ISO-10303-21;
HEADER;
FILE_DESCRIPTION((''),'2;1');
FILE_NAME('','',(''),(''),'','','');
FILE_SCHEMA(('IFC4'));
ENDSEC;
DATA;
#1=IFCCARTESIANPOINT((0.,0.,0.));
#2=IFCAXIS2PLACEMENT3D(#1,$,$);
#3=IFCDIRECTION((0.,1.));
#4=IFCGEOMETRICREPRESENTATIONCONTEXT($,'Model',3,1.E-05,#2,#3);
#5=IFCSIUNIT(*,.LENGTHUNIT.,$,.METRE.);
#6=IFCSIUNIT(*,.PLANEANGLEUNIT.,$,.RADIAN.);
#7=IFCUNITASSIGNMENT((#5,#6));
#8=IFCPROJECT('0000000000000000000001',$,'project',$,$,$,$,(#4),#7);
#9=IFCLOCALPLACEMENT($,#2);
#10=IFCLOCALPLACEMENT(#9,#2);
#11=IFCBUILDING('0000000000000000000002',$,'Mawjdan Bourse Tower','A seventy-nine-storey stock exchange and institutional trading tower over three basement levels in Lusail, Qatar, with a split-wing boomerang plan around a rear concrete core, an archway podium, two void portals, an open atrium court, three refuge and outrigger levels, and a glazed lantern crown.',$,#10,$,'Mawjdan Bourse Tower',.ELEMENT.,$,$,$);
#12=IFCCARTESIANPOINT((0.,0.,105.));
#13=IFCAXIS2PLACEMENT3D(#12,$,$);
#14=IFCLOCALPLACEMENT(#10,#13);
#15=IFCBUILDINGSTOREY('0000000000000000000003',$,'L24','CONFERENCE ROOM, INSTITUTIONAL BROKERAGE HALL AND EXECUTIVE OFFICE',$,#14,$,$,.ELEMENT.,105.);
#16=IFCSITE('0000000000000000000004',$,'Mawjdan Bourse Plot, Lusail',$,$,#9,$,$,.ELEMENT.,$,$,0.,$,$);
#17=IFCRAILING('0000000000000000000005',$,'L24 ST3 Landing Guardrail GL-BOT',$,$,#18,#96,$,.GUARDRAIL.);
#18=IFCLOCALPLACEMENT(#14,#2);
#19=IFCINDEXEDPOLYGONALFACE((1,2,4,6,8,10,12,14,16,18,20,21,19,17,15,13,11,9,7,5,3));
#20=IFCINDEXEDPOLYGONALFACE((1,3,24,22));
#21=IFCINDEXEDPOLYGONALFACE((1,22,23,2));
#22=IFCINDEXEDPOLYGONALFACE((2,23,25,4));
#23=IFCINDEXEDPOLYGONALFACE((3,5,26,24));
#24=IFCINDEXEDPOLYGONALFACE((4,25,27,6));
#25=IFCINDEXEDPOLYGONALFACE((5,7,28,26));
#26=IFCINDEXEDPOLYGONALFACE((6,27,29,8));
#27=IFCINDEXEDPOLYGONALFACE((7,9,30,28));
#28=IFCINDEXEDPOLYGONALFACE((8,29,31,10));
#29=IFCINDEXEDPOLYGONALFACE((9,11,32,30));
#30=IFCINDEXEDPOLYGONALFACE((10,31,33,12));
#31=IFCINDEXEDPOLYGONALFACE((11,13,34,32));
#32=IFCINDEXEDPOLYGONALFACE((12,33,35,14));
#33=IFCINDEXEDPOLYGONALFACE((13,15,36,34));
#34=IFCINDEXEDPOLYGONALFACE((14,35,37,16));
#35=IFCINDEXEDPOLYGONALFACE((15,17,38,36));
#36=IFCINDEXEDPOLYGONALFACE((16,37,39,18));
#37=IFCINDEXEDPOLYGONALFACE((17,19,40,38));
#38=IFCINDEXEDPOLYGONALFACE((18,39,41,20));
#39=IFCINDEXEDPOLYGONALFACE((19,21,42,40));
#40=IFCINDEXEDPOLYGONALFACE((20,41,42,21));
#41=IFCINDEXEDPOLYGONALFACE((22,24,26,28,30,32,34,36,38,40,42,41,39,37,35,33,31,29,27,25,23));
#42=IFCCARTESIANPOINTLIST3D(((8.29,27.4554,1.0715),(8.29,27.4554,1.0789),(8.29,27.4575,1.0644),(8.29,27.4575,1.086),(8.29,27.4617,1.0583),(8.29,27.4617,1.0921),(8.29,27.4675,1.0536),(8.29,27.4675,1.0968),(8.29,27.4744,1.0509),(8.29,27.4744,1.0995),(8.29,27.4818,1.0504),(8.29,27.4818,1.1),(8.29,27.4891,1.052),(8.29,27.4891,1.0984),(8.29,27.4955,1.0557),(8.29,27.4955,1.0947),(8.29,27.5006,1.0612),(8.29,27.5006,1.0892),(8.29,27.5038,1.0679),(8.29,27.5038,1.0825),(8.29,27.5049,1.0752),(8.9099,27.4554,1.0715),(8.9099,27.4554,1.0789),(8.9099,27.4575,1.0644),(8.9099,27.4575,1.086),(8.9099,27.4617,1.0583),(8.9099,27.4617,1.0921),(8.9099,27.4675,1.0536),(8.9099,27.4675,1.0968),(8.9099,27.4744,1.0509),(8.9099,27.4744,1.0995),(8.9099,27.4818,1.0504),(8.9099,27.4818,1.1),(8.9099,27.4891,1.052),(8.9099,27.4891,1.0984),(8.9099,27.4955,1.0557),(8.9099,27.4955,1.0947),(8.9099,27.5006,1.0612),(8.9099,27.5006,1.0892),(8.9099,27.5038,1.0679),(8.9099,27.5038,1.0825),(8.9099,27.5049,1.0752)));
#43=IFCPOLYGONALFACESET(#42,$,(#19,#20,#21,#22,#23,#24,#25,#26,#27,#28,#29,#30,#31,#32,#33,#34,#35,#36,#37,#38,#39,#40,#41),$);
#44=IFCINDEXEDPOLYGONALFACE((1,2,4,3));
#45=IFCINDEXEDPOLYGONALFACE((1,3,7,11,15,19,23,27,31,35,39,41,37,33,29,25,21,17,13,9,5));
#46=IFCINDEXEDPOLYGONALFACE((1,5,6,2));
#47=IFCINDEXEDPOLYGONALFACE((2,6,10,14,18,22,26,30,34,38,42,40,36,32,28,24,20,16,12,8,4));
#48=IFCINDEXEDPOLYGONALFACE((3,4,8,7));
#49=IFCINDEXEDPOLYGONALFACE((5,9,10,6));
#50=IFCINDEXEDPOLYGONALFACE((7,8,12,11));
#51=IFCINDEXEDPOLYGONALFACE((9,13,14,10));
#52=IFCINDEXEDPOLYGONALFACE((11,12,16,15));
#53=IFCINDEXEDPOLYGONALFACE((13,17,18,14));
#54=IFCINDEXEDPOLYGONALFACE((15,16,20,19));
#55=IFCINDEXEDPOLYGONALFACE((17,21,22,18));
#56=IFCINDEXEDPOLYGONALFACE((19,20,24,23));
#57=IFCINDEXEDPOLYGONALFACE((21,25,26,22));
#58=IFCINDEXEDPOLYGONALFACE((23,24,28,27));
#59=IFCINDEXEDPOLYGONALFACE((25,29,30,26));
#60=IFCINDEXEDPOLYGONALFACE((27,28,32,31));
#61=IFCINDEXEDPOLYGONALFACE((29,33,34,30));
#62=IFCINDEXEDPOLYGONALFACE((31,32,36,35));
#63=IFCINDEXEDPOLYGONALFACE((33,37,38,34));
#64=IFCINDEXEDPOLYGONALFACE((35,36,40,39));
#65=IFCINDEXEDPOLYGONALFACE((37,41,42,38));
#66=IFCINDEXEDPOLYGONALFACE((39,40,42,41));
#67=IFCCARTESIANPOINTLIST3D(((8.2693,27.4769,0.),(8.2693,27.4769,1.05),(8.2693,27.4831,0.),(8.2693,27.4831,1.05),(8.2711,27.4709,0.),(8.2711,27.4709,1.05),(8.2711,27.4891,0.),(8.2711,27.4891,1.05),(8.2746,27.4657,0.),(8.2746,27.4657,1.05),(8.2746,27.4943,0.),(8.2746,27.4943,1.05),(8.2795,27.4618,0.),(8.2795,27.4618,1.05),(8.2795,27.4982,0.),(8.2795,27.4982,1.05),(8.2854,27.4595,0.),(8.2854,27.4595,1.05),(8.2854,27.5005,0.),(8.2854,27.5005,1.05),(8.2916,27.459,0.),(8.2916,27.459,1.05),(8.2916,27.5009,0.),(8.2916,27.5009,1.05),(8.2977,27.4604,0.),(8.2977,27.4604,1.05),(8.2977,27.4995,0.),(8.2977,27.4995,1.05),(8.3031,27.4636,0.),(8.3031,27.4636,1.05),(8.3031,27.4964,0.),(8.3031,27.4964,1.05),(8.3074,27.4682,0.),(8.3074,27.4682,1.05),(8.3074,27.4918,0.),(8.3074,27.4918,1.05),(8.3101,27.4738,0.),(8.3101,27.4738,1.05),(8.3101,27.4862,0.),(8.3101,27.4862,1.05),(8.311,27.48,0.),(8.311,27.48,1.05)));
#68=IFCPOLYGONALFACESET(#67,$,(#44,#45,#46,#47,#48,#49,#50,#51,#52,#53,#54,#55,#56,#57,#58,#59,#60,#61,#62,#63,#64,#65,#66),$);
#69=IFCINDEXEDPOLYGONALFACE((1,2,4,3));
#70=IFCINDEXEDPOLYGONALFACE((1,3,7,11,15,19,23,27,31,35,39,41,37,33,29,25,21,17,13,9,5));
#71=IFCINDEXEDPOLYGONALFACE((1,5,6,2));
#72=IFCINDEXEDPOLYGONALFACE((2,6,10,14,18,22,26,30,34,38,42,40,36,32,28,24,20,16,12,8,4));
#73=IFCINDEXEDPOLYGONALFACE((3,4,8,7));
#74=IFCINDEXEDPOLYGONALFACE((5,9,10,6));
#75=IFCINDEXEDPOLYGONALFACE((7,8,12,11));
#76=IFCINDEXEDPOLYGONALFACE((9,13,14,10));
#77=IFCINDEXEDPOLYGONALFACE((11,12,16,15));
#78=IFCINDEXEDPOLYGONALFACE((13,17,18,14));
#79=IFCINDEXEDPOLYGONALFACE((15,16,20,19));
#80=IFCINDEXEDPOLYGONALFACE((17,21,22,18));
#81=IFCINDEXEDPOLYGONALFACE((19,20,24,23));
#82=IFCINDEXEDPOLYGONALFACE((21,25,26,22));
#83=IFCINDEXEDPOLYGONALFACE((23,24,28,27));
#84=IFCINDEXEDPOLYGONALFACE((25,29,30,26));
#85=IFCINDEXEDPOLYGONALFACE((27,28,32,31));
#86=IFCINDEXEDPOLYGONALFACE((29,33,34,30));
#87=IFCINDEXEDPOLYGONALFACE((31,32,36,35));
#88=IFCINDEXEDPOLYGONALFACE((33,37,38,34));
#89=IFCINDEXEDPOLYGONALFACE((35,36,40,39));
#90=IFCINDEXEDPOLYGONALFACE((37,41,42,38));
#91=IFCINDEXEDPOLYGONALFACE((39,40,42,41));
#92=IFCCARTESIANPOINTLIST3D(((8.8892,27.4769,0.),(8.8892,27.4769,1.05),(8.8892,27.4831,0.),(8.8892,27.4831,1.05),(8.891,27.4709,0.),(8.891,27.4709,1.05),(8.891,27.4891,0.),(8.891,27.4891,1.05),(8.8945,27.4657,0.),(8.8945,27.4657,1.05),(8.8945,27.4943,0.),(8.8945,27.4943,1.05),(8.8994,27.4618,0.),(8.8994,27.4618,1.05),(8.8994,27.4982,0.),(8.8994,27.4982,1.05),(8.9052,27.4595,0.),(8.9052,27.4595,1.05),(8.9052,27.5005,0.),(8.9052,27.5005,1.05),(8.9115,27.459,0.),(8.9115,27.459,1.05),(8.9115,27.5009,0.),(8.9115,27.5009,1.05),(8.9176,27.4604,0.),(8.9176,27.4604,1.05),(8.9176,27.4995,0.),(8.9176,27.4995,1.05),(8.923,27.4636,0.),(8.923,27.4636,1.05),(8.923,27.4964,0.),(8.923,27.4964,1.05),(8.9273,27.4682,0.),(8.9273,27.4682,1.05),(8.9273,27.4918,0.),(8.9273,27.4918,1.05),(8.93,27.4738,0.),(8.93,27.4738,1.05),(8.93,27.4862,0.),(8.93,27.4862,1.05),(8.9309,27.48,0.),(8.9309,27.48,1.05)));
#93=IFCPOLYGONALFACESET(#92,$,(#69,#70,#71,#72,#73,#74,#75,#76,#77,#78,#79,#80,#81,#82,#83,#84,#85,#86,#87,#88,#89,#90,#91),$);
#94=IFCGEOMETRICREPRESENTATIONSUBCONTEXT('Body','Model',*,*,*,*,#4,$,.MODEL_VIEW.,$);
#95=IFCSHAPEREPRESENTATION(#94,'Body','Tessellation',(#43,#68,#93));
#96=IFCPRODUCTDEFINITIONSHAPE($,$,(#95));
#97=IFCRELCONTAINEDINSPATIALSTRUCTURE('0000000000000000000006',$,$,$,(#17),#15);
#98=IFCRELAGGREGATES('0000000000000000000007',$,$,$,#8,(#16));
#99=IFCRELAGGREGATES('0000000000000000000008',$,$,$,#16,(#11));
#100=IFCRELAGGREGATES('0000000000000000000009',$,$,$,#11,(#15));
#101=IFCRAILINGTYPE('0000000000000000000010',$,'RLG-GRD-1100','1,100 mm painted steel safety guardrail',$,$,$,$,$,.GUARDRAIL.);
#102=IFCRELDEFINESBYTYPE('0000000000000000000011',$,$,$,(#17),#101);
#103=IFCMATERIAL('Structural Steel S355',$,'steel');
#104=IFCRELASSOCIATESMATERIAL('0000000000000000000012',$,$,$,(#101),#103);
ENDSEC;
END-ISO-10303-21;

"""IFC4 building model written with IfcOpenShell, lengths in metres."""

from ifc_helpers import new_model, si_unit, direction, frame, origin, origin_2d, place, context, subcontext, project, spatial, circle, extrude, material, type_object, element, save


model = new_model("IFC4")

# Units and contexts
model_context = context("Model", 3, precision=1e-05, world=origin(), true_north=direction((0.0, 1.0)))
body_context = subcontext(model_context, "Body", "Model", "MODEL_VIEW")
ifc_project = project(units=[si_unit("LENGTHUNIT", "METRE"), si_unit("PLANEANGLEUNIT", "RADIAN")], contexts=[model_context])

# Site, building, storey
site_placement = place(None, origin())
site = spatial("IfcSite", under=ifc_project, at=site_placement, Name="Mawjdan Bourse Plot, Lusail", CompositionType="ELEMENT", RefElevation=0.0)
building_placement = place(site_placement, origin())
building = spatial("IfcBuilding", under=site, at=building_placement, Name="Mawjdan Bourse Tower", Description="A seventy-nine-storey stock exchange and institutional trading tower over three basement levels in Lusail, Qatar, with a split-wing boomerang plan around a rear concrete core, an archway podium, two void portals, an open atrium court, three refuge and outrigger levels, and a glazed lantern crown.", LongName="Mawjdan Bourse Tower", CompositionType="ELEMENT")
storey_placement = place(building_placement, frame((0.0, 0.0, 105.0)))
storey = spatial("IfcBuildingStorey", under=building, at=storey_placement, Name="L24", Description="CONFERENCE ROOM, INSTITUTIONAL BROKERAGE HALL AND EXECUTIVE OFFICE", CompositionType="ELEMENT", Elevation=105.0)

# Shared definitions
ifc_material_1 = material(Name="Structural Steel S355", Category="steel")

# Railing
railing_type_1 = type_object("IfcRailingType", Name="RLG-GRD-1100", Description="1,100 mm painted steel safety guardrail", PredefinedType="GUARDRAIL", material=ifc_material_1)
for number, where, name in (
    (1, (8.29, 27.48, 0.0), "L24 ST3 Landing Guardrail GL-BOT"),
):
    element("IfcRailing", number, at=place(storey_placement, frame(where)), inside=storey, type_object=railing_type_1, Name=name, PredefinedType="GUARDRAIL", context=body_context, shape_type="SweptSolid", body=[
        extrude(circle(Radius=0.0249, at=origin_2d()), frame((0.0, 0.0, 1.0752), z_axis=(1.0, 0.0, 0.0), x_axis=(0.0, 1.0, 0.0)), (0.0, 0.0, 1.0), 0.6199),
        extrude(circle(Radius=0.021, at=origin_2d()), origin(), (0.0, 0.0, 1.0), 1.05),
        extrude(circle(Radius=0.021, at=origin_2d()), frame((0.6199, 0.0, 0.0)), (0.0, 0.0, 1.0), 1.05),
    ])

save(model, "model.ifc")
